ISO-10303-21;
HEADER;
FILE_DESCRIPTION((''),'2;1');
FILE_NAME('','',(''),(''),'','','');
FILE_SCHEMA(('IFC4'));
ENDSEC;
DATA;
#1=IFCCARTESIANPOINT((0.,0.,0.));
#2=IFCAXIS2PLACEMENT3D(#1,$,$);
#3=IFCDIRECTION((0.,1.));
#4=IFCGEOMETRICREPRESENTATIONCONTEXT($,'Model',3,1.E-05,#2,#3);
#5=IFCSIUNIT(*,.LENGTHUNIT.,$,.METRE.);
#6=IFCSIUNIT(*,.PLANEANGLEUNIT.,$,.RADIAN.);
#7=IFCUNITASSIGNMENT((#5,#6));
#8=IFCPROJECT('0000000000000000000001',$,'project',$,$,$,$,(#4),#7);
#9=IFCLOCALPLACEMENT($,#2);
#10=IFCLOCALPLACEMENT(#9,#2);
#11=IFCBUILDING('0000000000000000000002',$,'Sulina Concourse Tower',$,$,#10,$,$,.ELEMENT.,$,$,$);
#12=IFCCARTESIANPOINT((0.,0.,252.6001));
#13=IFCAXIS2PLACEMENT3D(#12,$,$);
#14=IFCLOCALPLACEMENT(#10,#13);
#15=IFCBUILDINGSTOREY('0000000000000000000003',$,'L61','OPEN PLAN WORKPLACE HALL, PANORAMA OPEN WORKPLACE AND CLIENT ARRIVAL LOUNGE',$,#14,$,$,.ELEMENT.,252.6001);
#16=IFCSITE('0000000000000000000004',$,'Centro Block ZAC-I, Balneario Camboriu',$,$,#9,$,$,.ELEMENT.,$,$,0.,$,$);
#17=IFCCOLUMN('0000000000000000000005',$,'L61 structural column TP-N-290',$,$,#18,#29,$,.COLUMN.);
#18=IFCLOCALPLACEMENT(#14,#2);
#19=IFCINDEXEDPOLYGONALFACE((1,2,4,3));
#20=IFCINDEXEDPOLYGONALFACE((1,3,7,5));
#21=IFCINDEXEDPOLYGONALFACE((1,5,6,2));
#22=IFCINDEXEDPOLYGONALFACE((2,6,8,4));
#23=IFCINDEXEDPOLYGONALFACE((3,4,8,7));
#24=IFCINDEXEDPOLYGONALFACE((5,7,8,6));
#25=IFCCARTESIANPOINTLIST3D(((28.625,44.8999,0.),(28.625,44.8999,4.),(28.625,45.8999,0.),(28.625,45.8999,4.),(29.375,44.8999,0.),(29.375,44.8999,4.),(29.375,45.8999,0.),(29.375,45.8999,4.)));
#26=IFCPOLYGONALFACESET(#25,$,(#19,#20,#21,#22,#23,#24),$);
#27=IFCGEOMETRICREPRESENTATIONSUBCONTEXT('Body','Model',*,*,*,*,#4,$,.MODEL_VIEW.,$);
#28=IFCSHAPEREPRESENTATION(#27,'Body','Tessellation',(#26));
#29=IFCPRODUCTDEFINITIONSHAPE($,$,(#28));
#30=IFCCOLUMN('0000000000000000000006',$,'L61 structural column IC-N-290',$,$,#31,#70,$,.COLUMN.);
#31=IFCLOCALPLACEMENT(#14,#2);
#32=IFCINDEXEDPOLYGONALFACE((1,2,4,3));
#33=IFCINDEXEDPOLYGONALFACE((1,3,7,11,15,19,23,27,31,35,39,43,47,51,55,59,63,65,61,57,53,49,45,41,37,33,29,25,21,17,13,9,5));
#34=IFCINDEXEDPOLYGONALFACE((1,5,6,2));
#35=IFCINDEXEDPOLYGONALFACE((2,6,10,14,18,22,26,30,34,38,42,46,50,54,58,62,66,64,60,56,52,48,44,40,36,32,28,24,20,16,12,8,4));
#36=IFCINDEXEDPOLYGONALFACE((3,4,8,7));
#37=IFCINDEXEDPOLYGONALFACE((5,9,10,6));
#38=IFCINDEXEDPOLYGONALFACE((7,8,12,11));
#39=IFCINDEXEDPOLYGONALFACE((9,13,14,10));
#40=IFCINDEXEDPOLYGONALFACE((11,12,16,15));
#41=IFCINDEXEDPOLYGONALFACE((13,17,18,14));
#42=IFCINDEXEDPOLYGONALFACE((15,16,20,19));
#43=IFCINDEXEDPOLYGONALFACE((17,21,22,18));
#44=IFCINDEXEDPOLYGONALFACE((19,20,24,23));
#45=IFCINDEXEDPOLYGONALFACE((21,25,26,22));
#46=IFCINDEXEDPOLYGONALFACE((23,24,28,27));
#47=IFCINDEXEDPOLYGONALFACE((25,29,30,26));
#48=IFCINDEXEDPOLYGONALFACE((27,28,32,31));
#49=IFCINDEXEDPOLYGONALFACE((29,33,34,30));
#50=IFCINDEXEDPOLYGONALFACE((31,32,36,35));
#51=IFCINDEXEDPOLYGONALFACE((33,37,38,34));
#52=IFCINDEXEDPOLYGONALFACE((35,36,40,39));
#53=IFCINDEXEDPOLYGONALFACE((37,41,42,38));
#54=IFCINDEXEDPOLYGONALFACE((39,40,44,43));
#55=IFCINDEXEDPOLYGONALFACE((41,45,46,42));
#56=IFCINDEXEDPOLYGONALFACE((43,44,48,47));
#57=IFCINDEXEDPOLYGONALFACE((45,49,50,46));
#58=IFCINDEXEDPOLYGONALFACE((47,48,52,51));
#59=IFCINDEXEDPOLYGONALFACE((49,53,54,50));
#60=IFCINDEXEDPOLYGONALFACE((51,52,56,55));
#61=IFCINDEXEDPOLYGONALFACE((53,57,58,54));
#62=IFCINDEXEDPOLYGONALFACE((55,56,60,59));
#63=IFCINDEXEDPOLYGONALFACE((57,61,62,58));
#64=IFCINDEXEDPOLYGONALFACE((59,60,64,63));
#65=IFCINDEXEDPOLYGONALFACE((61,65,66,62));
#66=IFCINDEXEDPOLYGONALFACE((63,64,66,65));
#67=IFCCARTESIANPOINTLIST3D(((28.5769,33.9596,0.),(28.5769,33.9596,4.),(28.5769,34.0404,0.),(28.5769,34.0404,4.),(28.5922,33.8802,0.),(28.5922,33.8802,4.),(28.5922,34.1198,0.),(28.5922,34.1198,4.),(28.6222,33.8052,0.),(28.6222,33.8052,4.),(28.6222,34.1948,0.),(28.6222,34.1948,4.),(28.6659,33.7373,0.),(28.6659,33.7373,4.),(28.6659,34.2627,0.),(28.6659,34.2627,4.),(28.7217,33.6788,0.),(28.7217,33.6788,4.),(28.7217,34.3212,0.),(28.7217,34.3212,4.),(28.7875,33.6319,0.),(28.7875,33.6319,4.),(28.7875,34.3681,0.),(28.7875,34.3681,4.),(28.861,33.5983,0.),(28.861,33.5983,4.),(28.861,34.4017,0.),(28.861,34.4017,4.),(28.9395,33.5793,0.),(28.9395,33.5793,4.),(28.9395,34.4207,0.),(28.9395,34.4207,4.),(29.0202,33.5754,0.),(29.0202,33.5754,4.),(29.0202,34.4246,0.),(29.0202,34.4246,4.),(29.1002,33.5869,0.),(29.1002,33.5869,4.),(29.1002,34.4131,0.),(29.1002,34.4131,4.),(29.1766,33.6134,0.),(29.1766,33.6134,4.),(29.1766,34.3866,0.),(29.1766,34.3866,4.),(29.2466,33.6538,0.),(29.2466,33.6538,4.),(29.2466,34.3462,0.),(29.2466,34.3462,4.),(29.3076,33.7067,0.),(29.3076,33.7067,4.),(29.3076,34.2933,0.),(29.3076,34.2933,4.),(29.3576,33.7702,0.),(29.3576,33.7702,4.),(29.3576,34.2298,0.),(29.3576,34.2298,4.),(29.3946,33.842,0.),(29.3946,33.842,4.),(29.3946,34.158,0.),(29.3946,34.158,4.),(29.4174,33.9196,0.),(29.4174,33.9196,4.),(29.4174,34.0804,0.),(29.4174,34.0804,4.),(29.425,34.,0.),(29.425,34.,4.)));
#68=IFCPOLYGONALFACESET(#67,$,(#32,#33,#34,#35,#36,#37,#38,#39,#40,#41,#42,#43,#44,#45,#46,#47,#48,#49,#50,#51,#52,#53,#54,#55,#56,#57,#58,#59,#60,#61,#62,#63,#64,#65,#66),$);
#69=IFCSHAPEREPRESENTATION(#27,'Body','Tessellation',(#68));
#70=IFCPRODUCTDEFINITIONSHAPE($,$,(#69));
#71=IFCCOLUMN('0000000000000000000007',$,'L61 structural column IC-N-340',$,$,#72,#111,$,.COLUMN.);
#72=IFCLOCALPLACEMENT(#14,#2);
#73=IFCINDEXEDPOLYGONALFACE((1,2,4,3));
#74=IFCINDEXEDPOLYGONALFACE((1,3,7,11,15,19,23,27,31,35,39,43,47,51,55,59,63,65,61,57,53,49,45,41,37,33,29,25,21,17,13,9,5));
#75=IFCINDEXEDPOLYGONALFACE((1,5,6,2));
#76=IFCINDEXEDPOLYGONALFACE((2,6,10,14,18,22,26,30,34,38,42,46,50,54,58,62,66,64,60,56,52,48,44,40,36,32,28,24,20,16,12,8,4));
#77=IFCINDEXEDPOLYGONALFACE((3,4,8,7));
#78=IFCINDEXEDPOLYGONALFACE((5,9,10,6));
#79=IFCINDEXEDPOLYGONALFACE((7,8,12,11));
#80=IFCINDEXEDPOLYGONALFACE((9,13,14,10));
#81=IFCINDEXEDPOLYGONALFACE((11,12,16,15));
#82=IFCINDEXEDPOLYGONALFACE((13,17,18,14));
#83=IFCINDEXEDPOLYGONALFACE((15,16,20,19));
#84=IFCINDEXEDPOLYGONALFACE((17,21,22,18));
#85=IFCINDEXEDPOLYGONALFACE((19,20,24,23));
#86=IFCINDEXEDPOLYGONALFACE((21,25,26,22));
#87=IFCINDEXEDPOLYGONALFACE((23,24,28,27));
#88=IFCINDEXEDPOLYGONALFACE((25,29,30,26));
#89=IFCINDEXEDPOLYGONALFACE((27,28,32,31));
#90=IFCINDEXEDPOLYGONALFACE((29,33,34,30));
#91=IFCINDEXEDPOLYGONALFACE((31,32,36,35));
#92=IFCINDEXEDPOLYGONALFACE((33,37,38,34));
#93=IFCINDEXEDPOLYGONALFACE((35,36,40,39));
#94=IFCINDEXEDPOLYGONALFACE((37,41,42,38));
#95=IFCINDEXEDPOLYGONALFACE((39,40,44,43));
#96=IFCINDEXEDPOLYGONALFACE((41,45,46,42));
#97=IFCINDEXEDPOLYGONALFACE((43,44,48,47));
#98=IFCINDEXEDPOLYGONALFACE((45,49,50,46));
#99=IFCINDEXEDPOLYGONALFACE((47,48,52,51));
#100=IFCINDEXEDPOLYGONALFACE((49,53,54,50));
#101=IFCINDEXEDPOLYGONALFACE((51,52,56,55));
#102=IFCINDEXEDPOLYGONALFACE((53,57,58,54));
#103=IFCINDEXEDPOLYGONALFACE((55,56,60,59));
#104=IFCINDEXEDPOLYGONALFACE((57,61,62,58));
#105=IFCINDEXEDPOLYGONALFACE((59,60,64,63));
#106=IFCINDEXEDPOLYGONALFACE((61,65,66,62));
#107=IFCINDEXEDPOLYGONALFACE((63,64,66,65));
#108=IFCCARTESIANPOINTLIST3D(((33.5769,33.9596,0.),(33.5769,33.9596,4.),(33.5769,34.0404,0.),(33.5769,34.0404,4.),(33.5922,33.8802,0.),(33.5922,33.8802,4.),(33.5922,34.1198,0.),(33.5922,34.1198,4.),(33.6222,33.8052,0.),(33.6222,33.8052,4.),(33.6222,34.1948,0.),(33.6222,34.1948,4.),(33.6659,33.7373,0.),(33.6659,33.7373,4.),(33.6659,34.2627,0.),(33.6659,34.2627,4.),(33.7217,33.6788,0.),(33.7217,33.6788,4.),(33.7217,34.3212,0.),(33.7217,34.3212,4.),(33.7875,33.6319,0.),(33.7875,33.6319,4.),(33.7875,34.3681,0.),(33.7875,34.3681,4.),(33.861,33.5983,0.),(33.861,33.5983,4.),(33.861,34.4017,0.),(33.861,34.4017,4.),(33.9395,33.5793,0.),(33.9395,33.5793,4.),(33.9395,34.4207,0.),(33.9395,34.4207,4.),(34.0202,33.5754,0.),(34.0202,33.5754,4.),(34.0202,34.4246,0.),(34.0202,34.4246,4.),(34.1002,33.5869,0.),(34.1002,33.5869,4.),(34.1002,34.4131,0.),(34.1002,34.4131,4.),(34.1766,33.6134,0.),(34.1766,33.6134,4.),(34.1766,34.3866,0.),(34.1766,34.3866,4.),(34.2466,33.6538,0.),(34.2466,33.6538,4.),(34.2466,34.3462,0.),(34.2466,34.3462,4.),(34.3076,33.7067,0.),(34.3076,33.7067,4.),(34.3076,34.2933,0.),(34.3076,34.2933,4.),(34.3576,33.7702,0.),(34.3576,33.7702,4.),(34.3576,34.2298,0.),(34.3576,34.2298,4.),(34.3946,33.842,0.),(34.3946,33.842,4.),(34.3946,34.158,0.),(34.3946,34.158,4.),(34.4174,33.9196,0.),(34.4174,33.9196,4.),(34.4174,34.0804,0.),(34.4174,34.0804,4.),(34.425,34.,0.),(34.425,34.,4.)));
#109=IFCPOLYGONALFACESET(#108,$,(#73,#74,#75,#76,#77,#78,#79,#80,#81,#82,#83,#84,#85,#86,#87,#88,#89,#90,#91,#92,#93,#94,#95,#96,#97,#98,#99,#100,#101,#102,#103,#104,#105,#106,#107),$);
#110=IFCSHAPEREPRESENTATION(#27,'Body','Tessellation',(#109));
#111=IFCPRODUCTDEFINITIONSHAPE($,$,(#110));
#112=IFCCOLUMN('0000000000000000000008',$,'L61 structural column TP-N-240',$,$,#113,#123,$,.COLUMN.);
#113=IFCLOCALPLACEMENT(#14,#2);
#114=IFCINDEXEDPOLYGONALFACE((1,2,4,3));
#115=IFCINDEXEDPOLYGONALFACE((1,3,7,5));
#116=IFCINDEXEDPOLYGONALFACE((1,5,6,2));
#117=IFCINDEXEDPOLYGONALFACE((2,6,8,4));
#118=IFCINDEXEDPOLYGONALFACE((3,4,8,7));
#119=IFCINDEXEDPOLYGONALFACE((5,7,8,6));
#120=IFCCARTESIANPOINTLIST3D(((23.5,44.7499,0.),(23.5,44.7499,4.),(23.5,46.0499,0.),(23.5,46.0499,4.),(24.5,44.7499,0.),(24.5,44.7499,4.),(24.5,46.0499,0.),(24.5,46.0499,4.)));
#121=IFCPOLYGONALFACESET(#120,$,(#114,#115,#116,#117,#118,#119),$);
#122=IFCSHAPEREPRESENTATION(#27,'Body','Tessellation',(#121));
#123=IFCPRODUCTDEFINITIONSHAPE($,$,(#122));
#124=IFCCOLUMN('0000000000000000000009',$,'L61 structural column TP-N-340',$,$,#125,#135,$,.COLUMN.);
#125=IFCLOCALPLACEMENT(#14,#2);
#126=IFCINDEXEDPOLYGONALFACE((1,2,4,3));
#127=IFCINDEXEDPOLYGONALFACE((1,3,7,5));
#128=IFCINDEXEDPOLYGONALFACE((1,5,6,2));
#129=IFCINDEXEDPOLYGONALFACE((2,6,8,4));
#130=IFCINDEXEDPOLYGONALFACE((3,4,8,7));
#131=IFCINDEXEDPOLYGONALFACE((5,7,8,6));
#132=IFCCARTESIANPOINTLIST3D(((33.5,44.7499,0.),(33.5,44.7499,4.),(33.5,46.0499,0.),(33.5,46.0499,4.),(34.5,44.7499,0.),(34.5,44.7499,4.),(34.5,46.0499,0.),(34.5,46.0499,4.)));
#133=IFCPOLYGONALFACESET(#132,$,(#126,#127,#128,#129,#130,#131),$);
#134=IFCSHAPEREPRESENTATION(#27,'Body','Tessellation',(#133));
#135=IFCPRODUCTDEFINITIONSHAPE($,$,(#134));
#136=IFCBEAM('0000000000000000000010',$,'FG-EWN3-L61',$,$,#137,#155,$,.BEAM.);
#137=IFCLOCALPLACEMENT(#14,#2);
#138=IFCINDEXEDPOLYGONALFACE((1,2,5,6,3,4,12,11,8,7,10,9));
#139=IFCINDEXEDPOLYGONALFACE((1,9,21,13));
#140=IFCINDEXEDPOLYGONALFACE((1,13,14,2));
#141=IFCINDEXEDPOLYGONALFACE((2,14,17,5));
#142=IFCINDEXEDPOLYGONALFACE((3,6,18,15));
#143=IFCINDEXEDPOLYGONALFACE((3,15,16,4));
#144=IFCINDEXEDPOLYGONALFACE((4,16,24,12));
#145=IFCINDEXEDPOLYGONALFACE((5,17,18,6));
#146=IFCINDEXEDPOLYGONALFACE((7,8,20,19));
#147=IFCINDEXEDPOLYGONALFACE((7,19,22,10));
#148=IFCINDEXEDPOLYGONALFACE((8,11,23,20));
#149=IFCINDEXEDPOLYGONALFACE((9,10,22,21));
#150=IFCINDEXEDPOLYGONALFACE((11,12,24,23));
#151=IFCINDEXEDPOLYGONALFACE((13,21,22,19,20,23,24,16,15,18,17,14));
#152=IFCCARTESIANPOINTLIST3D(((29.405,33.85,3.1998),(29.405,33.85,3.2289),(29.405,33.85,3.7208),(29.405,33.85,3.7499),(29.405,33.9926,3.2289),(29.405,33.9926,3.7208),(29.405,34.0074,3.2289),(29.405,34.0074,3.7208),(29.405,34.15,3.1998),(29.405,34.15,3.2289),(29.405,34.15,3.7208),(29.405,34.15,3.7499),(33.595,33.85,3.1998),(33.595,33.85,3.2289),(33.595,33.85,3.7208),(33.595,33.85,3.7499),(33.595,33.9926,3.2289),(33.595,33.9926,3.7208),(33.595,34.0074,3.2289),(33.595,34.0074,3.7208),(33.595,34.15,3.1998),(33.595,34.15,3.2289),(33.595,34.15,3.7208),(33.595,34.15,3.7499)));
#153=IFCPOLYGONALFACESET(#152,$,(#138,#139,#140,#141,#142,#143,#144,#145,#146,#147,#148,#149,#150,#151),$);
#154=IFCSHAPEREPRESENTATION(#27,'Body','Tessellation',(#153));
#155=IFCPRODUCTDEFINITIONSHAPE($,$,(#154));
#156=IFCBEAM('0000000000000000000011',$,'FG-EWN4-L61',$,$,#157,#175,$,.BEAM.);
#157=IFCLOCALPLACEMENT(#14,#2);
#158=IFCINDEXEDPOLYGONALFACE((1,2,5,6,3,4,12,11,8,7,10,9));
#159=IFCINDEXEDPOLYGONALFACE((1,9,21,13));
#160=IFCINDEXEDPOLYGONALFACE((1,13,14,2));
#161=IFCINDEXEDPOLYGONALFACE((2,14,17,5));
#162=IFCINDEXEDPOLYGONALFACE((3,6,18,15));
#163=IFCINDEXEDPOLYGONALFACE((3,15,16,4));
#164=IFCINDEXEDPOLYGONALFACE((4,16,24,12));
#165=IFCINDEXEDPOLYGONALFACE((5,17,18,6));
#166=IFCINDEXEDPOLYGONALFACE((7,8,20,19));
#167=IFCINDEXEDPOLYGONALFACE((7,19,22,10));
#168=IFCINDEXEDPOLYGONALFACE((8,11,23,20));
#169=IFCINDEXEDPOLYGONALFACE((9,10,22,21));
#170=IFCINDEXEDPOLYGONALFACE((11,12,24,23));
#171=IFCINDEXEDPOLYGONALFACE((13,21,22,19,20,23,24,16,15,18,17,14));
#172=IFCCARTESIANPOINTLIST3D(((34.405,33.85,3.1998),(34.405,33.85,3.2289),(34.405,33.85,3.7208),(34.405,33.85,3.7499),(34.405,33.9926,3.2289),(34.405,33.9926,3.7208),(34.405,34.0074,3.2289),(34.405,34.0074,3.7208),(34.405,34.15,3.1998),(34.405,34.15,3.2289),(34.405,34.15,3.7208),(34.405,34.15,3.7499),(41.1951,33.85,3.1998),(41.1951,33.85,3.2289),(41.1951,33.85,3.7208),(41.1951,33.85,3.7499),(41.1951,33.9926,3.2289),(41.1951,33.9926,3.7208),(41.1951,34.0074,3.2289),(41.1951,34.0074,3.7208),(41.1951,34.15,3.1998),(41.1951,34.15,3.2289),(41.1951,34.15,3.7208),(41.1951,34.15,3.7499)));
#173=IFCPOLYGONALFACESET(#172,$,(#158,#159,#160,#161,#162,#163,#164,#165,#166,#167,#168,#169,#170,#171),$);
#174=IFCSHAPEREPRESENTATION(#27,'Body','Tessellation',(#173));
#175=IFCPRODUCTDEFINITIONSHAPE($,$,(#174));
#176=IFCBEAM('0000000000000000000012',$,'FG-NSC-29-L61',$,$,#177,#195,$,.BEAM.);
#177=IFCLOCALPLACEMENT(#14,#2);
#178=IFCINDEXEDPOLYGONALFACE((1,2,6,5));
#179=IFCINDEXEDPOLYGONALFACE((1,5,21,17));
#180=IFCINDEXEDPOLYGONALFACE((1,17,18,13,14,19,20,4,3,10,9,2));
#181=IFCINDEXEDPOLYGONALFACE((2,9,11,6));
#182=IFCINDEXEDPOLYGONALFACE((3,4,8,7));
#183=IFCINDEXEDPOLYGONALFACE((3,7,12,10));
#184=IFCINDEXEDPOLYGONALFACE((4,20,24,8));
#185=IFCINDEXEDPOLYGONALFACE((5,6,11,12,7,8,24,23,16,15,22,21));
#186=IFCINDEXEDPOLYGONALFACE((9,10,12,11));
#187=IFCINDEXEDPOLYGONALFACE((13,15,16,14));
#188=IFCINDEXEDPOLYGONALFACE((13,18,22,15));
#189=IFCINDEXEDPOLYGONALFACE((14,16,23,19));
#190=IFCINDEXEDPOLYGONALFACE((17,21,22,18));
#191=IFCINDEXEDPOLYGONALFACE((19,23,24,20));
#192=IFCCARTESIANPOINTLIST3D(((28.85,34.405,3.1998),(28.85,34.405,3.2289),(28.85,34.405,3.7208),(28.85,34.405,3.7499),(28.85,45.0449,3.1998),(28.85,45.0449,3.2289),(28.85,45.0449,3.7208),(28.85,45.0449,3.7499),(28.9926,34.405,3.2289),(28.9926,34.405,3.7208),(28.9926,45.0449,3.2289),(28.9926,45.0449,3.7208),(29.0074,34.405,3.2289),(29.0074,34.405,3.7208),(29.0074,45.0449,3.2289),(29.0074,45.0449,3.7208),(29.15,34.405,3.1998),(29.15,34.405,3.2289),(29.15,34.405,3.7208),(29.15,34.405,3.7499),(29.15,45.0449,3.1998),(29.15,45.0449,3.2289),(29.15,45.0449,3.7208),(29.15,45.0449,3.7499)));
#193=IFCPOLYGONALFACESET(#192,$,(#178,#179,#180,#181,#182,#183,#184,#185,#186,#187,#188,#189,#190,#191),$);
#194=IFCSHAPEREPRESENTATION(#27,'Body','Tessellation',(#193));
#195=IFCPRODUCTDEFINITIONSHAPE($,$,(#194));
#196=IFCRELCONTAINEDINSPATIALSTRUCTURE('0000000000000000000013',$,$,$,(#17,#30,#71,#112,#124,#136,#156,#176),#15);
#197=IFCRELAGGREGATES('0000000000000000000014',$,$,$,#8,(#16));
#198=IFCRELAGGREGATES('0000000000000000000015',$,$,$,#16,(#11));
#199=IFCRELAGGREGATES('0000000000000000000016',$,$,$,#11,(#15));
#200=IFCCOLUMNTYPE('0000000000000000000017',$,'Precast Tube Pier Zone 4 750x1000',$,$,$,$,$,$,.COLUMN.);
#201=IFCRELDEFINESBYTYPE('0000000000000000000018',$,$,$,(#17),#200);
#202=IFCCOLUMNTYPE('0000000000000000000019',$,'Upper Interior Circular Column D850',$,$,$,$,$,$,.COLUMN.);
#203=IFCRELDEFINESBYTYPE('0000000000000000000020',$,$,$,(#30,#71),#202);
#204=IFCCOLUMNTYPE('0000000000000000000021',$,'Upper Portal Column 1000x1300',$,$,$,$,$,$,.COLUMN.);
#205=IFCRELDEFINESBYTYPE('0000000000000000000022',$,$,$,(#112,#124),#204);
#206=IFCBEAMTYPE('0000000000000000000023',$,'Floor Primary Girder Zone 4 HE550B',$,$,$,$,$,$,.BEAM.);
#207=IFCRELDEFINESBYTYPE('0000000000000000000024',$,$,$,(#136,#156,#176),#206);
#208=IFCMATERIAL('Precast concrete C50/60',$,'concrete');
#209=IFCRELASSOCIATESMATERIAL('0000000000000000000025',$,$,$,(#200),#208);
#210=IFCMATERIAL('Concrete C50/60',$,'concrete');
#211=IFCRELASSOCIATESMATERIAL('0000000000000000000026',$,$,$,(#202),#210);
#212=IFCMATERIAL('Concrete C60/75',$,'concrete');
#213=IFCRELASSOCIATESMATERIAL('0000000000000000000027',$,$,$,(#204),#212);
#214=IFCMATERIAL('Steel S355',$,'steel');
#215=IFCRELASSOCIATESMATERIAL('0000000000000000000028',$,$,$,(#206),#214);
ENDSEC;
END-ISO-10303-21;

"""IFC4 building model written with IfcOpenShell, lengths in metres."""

from ifc_helpers import new_model, si_unit, direction, frame, origin, origin_2d, place, context, subcontext, project, spatial, rectangle, circle, i_section, extrude, material, material_profile, profile_set, type_object, element, save


model = new_model("IFC4")

# Units and contexts
model_context = context("Model", 3, precision=1e-05, world=origin(), true_north=direction((0.0, 1.0)))
body_context = subcontext(model_context, "Body", "Model", "MODEL_VIEW")
ifc_project = project(units=[si_unit("LENGTHUNIT", "METRE"), si_unit("PLANEANGLEUNIT", "RADIAN")], contexts=[model_context])

# Site, building, storey
site_placement = place(None, origin())
site = spatial("IfcSite", under=ifc_project, at=site_placement, Name="Centro Block ZAC-I, Balneario Camboriu", CompositionType="ELEMENT", RefElevation=0.0)
building_placement = place(site_placement, origin())
building = spatial("IfcBuilding", under=site, at=building_placement, Name="Sulina Concourse Tower", CompositionType="ELEMENT")
storey_placement = place(building_placement, frame((0.0, 0.0, 252.6001)))
storey = spatial("IfcBuildingStorey", under=building, at=storey_placement, Name="L61", Description="OPEN PLAN WORKPLACE HALL, PANORAMA OPEN WORKPLACE AND CLIENT ARRIVAL LOUNGE", CompositionType="ELEMENT", Elevation=252.6001)

# Columns
ifc_material_1 = material(Name="Precast concrete C50/60", Category="concrete")
ifc_material_profile_1 = material_profile(ifc_material_1, rectangle(XDim=0.75, YDim=1.0, at=origin_2d()), Name="PC 750x1000")
ifc_profile_set_1 = profile_set([ifc_material_profile_1], Name="Precast concrete C50/60")
column_type_1 = type_object("IfcColumnType", Name="Precast Tube Pier Zone 4 750x1000", PredefinedType="COLUMN", material=ifc_profile_set_1)
column_placement = place(storey_placement, frame((29.0, 45.3999, 0.0), z_axis=(0.0, 0.0, 1.0), x_axis=(1.0, 0.0, 0.0)))
element("IfcColumn", 1, at=column_placement, inside=storey, type_object=column_type_1, Name="L61 structural column TP-N-290", PredefinedType="COLUMN", context=body_context, shape_type="SweptSolid", body=[
    extrude(rectangle(XDim=0.75, YDim=1.0, at=origin_2d()), origin(), (0.0, 0.0, 1.0), 4.0),
])
ifc_material_2 = material(Name="Concrete C50/60", Category="concrete")
ifc_material_profile_2 = material_profile(ifc_material_2, circle(Radius=0.425, at=origin_2d()), Name="RC D850")
ifc_profile_set_2 = profile_set([ifc_material_profile_2], Name="Concrete C50/60")
column_type_2 = type_object("IfcColumnType", Name="Upper Interior Circular Column D850", PredefinedType="COLUMN", material=ifc_profile_set_2)
for number, where, z_axis, x_axis, name in (
    (2, (29.0, 34.0, 0.0), (0.0, 0.0, 1.0), (1.0, 0.0, 0.0), "L61 structural column IC-N-290"),
    (3, (34.0, 34.0, 0.0), (0.0, 0.0, 1.0), (1.0, 0.0, 0.0), "L61 structural column IC-N-340"),
):
    element("IfcColumn", number, at=place(storey_placement, frame(where, z_axis=z_axis, x_axis=x_axis)), inside=storey, type_object=column_type_2, Name=name, PredefinedType="COLUMN", context=body_context, shape_type="SweptSolid", body=[
        extrude(circle(Radius=0.425, at=origin_2d()), origin(), (0.0, 0.0, 1.0), 4.0),
    ])
ifc_material_3 = material(Name="Concrete C60/75", Category="concrete")
ifc_material_profile_3 = material_profile(ifc_material_3, rectangle(XDim=1.0, YDim=1.3, at=origin_2d()), Name="RC 1000x1300")
ifc_profile_set_3 = profile_set([ifc_material_profile_3], Name="Concrete C60/75")
column_type_3 = type_object("IfcColumnType", Name="Upper Portal Column 1000x1300", PredefinedType="COLUMN", material=ifc_profile_set_3)
for number, where, z_axis, x_axis, name in (
    (4, (24.0, 45.3999, 0.0), (0.0, 0.0, 1.0), (1.0, 0.0, 0.0), "L61 structural column TP-N-240"),
    (5, (34.0, 45.3999, 0.0), (0.0, 0.0, 1.0), (1.0, 0.0, 0.0), "L61 structural column TP-N-340"),
):
    element("IfcColumn", number, at=place(storey_placement, frame(where, z_axis=z_axis, x_axis=x_axis)), inside=storey, type_object=column_type_3, Name=name, PredefinedType="COLUMN", context=body_context, shape_type="SweptSolid", body=[
        extrude(rectangle(XDim=1.0, YDim=1.3, at=origin_2d()), origin(), (0.0, 0.0, 1.0), 4.0),
    ])

# Beams
ifc_material_4 = material(Name="Steel S355", Category="steel")
ifc_material_profile_4 = material_profile(ifc_material_4, i_section(OverallWidth=0.3, OverallDepth=0.55, WebThickness=0.0149, FlangeThickness=0.0291, at=origin_2d()), Name="HE 550 B")
ifc_profile_set_4 = profile_set([ifc_material_profile_4], Name="Steel S355")
beam_type_1 = type_object("IfcBeamType", Name="Floor Primary Girder Zone 4 HE550B", PredefinedType="BEAM", material=ifc_profile_set_4)
beam_1_placement = place(storey_placement, frame((29.405, 34.0, 3.4749), z_axis=(1.0, 0.0, 0.0), x_axis=(0.0, 1.0, 0.0)))
element("IfcBeam", 6, at=beam_1_placement, inside=storey, type_object=beam_type_1, Name="FG-EWN3-L61", PredefinedType="BEAM", context=body_context, shape_type="SweptSolid", body=[
    extrude(i_section(OverallWidth=0.3, OverallDepth=0.55, WebThickness=0.0149, FlangeThickness=0.0291, at=origin_2d()), origin(), (0.0, 0.0, 1.0), 4.1899),
])
beam_2_placement = place(storey_placement, frame((34.405, 34.0, 3.4749), z_axis=(1.0, 0.0, 0.0), x_axis=(0.0, 1.0, 0.0)))
element("IfcBeam", 7, at=beam_2_placement, inside=storey, type_object=beam_type_1, Name="FG-EWN4-L61", PredefinedType="BEAM", context=body_context, shape_type="SweptSolid", body=[
    extrude(i_section(OverallWidth=0.3, OverallDepth=0.55, WebThickness=0.0149, FlangeThickness=0.0291, at=origin_2d()), origin(), (0.0, 0.0, 1.0), 6.79),
])
beam_3_placement = place(storey_placement, frame((29.0, 34.405, 3.4749), z_axis=(0.0, 1.0, 0.0), x_axis=(-1.0, 0.0, 0.0)))
element("IfcBeam", 8, at=beam_3_placement, inside=storey, type_object=beam_type_1, Name="FG-NSC-29-L61", PredefinedType="BEAM", context=body_context, shape_type="SweptSolid", body=[
    extrude(i_section(OverallWidth=0.3, OverallDepth=0.55, WebThickness=0.0149, FlangeThickness=0.0291, at=origin_2d()), origin(), (0.0, 0.0, 1.0), 10.6399),
])

save(model, "model.ifc")
